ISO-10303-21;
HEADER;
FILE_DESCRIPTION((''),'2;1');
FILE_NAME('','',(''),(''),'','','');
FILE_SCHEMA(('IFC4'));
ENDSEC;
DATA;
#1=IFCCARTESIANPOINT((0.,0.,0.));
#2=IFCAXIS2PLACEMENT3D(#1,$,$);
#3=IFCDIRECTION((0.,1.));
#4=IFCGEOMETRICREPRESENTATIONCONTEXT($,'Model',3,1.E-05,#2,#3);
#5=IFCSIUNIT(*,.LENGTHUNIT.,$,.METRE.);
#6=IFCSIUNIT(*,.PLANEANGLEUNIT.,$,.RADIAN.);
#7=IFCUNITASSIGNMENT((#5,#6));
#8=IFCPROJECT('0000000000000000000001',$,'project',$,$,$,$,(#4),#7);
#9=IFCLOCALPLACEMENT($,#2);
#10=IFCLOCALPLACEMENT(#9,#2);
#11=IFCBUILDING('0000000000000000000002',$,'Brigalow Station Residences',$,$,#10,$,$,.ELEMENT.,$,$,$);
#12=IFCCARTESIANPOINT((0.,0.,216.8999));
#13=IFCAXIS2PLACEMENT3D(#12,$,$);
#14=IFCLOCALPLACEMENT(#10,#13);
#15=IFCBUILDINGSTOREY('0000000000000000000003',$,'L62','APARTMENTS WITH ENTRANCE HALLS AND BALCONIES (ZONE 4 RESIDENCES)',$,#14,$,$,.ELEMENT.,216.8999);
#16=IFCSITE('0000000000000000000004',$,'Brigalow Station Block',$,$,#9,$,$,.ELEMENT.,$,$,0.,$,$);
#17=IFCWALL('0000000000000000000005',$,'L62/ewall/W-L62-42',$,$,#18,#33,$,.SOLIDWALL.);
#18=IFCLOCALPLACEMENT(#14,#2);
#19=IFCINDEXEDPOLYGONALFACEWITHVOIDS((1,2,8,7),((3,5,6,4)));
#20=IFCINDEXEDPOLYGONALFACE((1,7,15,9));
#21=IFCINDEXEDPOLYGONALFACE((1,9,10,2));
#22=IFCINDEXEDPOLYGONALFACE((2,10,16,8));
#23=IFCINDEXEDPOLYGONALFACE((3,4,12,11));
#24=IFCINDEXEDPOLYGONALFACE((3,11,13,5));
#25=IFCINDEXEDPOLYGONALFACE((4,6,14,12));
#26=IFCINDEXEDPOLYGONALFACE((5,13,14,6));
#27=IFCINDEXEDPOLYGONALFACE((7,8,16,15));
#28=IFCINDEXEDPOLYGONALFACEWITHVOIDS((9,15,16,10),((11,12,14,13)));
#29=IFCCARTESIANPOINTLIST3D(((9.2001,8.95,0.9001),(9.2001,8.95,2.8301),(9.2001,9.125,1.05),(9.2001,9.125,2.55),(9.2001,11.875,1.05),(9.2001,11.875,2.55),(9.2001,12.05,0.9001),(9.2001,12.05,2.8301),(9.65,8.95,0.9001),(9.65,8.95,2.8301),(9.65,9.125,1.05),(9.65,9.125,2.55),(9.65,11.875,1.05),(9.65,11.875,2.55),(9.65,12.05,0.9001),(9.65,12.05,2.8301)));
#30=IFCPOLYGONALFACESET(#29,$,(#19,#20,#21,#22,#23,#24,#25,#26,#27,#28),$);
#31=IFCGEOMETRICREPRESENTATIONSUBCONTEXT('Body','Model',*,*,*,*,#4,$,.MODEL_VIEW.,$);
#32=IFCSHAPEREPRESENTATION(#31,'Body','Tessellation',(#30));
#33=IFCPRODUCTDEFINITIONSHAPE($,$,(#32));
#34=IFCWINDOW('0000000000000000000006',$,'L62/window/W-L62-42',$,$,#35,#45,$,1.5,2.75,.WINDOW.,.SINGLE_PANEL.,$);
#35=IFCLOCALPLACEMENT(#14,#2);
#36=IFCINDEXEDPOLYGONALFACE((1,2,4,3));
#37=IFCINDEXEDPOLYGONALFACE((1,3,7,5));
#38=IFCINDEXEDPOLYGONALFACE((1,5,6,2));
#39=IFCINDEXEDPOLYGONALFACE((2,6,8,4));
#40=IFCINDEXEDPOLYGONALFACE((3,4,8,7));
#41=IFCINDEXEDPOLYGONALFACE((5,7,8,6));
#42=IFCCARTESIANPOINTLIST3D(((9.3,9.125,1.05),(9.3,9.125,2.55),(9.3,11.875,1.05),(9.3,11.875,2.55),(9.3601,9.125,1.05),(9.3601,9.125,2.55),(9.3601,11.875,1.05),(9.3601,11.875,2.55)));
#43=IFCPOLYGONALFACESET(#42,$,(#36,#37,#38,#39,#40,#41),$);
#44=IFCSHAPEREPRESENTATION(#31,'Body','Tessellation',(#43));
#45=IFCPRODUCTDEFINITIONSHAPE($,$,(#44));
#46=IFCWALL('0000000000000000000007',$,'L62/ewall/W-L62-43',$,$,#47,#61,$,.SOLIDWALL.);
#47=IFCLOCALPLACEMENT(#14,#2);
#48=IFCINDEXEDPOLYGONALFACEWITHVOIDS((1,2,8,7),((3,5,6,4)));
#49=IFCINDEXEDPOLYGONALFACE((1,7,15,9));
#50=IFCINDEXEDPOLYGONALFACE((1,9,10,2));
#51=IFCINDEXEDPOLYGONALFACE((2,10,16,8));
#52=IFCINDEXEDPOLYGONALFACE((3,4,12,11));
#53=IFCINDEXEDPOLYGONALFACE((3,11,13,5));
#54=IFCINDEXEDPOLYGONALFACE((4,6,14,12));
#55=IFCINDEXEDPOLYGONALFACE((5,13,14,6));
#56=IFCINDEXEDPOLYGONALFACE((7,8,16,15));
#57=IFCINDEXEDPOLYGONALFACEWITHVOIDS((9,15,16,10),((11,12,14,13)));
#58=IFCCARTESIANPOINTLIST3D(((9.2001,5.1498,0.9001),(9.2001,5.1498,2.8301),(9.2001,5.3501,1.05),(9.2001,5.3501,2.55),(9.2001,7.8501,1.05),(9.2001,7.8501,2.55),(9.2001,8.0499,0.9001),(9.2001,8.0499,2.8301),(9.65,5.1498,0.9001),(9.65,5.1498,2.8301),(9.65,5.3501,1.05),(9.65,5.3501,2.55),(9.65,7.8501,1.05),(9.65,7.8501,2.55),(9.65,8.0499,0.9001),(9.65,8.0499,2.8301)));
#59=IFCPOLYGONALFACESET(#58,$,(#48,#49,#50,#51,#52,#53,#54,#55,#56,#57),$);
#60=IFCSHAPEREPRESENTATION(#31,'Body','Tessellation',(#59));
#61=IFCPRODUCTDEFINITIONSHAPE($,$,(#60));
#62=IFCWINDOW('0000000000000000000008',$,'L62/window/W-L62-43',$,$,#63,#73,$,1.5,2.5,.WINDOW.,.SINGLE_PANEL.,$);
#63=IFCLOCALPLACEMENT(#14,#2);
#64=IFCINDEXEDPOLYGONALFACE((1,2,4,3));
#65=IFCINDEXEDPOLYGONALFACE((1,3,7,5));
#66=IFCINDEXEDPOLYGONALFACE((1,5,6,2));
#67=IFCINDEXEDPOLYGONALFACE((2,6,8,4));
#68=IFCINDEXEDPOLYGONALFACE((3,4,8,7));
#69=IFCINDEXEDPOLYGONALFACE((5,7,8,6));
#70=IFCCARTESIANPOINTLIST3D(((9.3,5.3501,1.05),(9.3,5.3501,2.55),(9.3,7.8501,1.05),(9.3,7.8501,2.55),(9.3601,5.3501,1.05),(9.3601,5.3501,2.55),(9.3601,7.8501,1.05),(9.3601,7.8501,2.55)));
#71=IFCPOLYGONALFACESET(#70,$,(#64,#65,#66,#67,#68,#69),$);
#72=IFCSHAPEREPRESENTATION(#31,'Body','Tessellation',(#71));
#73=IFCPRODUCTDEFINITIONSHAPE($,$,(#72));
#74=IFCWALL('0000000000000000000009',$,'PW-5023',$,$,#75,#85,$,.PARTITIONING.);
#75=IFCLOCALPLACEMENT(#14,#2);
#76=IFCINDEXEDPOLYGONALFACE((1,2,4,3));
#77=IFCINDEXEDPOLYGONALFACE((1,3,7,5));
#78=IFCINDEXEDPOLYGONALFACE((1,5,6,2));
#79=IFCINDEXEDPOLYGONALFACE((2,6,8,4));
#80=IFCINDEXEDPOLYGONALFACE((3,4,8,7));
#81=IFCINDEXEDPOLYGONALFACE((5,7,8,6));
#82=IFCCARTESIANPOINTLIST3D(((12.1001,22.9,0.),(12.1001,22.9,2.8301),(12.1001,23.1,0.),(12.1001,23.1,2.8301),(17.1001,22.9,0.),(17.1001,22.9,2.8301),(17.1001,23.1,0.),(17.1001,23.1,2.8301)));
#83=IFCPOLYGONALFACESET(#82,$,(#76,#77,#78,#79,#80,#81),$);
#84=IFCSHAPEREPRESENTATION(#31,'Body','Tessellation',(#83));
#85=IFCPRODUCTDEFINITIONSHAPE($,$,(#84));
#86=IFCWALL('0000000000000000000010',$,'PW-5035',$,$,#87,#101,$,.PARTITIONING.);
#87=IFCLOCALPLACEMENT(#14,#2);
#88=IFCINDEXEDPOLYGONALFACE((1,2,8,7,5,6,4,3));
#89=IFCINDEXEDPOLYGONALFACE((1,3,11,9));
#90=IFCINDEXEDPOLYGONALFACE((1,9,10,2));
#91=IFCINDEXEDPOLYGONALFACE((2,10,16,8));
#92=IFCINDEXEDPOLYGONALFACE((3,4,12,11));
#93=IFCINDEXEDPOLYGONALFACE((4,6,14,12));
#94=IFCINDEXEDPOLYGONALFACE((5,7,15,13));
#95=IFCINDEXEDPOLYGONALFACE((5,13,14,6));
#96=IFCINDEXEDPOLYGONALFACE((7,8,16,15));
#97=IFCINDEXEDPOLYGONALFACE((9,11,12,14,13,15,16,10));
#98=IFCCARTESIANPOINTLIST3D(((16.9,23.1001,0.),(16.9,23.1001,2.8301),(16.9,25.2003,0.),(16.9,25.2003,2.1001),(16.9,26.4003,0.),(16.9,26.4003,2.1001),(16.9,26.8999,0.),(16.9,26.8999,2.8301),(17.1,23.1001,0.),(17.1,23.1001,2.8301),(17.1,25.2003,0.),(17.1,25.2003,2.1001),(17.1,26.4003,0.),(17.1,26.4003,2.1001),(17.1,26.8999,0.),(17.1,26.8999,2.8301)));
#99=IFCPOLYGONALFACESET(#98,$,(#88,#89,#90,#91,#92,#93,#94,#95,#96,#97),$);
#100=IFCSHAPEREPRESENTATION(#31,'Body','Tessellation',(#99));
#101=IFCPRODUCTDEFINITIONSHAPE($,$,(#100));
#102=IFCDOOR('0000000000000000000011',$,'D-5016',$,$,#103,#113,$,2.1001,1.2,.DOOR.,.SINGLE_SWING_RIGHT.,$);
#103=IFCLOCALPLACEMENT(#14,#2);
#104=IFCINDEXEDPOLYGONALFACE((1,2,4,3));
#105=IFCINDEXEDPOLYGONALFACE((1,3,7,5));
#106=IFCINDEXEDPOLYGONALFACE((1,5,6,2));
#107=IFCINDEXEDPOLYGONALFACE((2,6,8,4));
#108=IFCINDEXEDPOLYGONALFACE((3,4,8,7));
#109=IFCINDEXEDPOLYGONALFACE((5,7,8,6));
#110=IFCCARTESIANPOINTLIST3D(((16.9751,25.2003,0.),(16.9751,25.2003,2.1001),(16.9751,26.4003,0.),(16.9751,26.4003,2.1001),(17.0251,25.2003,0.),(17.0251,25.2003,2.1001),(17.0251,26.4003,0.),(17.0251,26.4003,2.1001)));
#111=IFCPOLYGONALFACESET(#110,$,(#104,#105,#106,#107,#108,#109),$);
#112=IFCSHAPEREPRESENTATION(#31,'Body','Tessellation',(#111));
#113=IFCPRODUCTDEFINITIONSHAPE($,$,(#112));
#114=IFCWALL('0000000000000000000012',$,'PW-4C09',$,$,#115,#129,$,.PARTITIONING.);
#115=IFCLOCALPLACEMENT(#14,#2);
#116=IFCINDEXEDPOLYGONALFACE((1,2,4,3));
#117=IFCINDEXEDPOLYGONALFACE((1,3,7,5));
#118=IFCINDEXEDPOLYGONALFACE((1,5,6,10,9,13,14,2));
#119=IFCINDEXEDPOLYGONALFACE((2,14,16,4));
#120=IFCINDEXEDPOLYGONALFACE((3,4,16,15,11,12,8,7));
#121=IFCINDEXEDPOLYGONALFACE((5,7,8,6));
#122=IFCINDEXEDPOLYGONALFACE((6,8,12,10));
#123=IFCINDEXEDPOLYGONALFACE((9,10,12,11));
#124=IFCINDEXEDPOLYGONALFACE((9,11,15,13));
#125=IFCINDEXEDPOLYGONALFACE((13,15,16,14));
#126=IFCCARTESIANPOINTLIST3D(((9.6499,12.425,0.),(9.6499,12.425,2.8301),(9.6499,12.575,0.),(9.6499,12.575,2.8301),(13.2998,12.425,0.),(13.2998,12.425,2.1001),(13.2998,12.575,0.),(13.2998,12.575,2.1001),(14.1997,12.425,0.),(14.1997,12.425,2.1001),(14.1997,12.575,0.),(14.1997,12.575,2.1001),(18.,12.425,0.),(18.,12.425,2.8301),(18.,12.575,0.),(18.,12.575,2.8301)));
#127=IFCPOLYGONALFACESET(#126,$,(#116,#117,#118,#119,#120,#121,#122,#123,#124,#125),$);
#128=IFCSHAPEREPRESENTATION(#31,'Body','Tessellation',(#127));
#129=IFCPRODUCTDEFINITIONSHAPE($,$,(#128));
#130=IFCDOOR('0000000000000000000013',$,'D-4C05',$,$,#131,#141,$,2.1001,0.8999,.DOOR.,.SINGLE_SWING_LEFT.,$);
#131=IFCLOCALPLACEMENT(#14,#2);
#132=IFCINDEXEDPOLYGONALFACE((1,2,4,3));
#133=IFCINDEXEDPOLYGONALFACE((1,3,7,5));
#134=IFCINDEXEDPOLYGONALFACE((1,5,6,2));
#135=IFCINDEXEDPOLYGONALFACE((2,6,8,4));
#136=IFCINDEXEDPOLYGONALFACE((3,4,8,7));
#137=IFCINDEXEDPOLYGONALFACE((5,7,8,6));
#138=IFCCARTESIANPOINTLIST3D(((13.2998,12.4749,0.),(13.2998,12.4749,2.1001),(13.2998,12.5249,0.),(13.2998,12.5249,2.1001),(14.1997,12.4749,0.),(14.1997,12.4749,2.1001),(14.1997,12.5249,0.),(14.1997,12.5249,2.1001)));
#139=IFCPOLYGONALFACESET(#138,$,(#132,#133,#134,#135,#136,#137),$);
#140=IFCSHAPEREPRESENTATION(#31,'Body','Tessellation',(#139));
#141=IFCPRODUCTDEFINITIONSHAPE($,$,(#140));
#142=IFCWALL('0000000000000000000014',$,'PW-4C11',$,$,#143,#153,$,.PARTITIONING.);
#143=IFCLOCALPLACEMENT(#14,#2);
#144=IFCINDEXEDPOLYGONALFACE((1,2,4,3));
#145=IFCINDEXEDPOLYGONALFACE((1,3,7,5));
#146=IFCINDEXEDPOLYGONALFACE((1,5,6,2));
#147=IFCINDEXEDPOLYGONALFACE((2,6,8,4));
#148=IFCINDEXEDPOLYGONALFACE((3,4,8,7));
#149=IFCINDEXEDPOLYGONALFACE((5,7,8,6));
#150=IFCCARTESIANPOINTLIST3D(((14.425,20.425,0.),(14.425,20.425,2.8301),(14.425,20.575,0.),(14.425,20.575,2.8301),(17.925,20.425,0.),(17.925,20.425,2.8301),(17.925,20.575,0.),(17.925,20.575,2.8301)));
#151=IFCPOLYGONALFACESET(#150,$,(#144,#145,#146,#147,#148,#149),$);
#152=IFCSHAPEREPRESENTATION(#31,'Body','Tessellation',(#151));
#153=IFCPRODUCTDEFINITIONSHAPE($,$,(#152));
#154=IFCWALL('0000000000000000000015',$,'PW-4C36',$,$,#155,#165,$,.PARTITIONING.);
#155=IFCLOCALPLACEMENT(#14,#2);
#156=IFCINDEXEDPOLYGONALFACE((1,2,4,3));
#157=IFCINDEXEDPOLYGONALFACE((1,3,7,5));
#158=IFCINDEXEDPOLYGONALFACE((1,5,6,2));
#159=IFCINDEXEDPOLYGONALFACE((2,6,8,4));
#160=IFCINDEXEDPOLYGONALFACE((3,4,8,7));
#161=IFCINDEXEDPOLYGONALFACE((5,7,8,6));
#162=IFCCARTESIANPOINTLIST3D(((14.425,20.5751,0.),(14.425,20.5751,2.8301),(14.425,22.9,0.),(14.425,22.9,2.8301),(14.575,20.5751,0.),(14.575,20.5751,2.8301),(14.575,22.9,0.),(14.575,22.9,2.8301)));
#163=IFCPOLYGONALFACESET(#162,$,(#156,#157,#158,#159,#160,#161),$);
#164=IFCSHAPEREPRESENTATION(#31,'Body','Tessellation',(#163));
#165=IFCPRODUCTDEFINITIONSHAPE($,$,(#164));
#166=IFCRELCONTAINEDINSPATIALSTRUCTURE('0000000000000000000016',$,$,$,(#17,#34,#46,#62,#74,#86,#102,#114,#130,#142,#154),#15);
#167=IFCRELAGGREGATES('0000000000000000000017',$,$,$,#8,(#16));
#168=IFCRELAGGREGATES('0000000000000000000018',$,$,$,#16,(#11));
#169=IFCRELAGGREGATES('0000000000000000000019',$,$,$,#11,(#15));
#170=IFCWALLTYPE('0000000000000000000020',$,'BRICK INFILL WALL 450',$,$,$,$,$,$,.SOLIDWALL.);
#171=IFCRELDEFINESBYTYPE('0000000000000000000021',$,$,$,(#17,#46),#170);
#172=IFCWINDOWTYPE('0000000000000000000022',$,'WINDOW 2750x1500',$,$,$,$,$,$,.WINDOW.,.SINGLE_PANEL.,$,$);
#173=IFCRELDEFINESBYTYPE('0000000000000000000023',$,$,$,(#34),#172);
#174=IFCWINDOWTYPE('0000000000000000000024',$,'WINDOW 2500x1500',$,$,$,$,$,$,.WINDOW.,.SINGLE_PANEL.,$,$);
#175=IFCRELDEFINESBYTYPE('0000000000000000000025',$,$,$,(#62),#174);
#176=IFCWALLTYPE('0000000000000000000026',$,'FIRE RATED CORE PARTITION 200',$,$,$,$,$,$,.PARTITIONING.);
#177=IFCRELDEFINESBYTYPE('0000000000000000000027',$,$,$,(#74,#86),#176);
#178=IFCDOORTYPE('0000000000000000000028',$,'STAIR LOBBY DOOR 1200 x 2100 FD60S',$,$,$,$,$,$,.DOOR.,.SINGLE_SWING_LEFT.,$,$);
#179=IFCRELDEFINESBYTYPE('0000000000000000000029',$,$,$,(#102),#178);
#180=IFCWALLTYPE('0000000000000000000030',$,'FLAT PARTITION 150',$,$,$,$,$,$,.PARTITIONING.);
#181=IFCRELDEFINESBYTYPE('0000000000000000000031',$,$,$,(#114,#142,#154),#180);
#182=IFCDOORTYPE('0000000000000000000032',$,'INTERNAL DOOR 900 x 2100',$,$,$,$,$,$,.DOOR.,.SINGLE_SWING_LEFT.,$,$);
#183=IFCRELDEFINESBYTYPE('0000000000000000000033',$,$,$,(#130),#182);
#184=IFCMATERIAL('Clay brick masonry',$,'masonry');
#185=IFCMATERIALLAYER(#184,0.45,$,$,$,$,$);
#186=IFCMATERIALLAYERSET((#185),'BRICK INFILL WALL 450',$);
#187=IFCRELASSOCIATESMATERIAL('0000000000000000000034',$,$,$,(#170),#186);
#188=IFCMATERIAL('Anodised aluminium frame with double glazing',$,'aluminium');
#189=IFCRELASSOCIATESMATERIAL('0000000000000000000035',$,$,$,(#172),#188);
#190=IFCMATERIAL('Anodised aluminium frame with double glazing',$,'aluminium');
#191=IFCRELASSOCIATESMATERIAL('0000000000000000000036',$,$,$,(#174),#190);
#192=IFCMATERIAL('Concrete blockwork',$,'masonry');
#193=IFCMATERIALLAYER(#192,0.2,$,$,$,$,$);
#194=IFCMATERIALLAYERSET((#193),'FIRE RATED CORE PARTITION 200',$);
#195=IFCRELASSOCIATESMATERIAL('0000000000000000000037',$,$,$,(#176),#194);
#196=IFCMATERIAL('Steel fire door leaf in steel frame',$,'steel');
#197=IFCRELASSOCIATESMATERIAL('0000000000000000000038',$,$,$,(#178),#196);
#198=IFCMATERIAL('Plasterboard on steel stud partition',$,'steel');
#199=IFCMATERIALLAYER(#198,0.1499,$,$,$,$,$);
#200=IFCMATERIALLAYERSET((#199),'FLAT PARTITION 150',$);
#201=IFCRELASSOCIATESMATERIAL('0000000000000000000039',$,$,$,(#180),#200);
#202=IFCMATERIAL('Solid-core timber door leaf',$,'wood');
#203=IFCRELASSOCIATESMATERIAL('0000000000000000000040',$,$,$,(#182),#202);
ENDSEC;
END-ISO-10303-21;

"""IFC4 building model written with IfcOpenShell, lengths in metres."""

from ifc_helpers import new_model, si_unit, direction, frame, frame_2d, origin, place, context, subcontext, project, spatial, rectangle, extrude, material, layer, layer_set, type_object, element, fill, save


model = new_model("IFC4")

# Units and contexts
model_context = context("Model", 3, precision=1e-05, world=origin(), true_north=direction((0.0, 1.0)))
body_context = subcontext(model_context, "Body", "Model", "MODEL_VIEW")
ifc_project = project(units=[si_unit("LENGTHUNIT", "METRE"), si_unit("PLANEANGLEUNIT", "RADIAN")], contexts=[model_context])

# Site, building, storey
site_placement = place(None, origin())
site = spatial("IfcSite", under=ifc_project, at=site_placement, Name="Brigalow Station Block", CompositionType="ELEMENT", RefElevation=0.0)
building_placement = place(site_placement, origin())
building = spatial("IfcBuilding", under=site, at=building_placement, Name="Brigalow Station Residences", CompositionType="ELEMENT")
storey_placement = place(building_placement, frame((0.0, 0.0, 216.8999)))
storey = spatial("IfcBuildingStorey", under=building, at=storey_placement, Name="L62", Description="APARTMENTS WITH ENTRANCE HALLS AND BALCONIES (ZONE 4 RESIDENCES)", CompositionType="ELEMENT", Elevation=216.8999)

# Shared definitions
ifc_material_1 = material(Name="Clay brick masonry", Category="masonry")
ifc_layer_1 = layer(ifc_material_1, 0.45)
ifc_layer_set_1 = layer_set([ifc_layer_1], Name="BRICK INFILL WALL 450")
wall_type_1 = type_object("IfcWallType", Name="BRICK INFILL WALL 450", PredefinedType="SOLIDWALL", material=ifc_layer_set_1)

# Walls, openings, windows
wall_1_placement = place(storey_placement, frame((9.425, 12.05, 0.9001), z_axis=(0.0, 0.0, 1.0), x_axis=(0.0, -1.0, 0.0)))
wall_1 = element("IfcWall", 1, at=wall_1_placement, inside=storey, type_object=wall_type_1, Name="L62/ewall/W-L62-42", PredefinedType="SOLIDWALL", context=body_context, shape_type="SweptSolid", body=[
    extrude(rectangle(XDim=3.1001, YDim=0.45, at=frame_2d((1.55, 0.0))), origin(), (0.0, 0.0, 1.0), 1.9299),
])
opening_1_placement = place(wall_1_placement, frame((0.175, 0.0, 0.1499)))
opening_1 = element("IfcOpeningElement", 2, at=opening_1_placement, cuts=wall_1, PredefinedType="OPENING", context=body_context, shape_type="SweptSolid", body=[
    extrude(rectangle(XDim=2.75, YDim=1.5, at=frame_2d((1.375, 0.75))), frame((0.0, 0.2349, 0.0), z_axis=(0.0, -1.0, 0.0), x_axis=(1.0, 0.0, 0.0)), (0.0, 0.0, 1.0), 0.47),
])
ifc_material_2 = material(Name="Anodised aluminium frame with double glazing", Category="aluminium")
window_type_1 = type_object("IfcWindowType", Name="WINDOW 2750x1500", PartitioningType="SINGLE_PANEL", PredefinedType="WINDOW", material=ifc_material_2)
window_1_placement = place(opening_1_placement, origin())
window_1 = element("IfcWindow", 3, at=window_1_placement, inside=storey, type_object=window_type_1, Name="L62/window/W-L62-42", OverallHeight=1.5, OverallWidth=2.75, PartitioningType="SINGLE_PANEL", PredefinedType="WINDOW", context=body_context, shape_type="SweptSolid", body=[
    extrude(rectangle(XDim=2.75, YDim=1.5, at=frame_2d((1.375, 0.75))), frame((0.0, -0.0649, 0.0), z_axis=(0.0, -1.0, 0.0), x_axis=(1.0, 0.0, 0.0)), (0.0, 0.0, 1.0), 0.0601),
])
fill(opening_1, window_1)
wall_2_placement = place(storey_placement, frame((9.425, 8.05, 0.9001), z_axis=(0.0, 0.0, 1.0), x_axis=(0.0, -1.0, 0.0)))
wall_2 = element("IfcWall", 4, at=wall_2_placement, inside=storey, type_object=wall_type_1, Name="L62/ewall/W-L62-43", PredefinedType="SOLIDWALL", context=body_context, shape_type="SweptSolid", body=[
    extrude(rectangle(XDim=2.9001, YDim=0.45, at=frame_2d((1.4502, 0.0))), origin(), (0.0, 0.0, 1.0), 1.9299),
])
opening_2_placement = place(wall_2_placement, frame((0.2, 0.0, 0.1499)))
opening_2 = element("IfcOpeningElement", 5, at=opening_2_placement, cuts=wall_2, PredefinedType="OPENING", context=body_context, shape_type="SweptSolid", body=[
    extrude(rectangle(XDim=2.5, YDim=1.5, at=frame_2d((1.25, 0.75))), frame((0.0, 0.2349, 0.0), z_axis=(0.0, -1.0, 0.0), x_axis=(1.0, 0.0, 0.0)), (0.0, 0.0, 1.0), 0.47),
])
ifc_material_3 = material(Name="Anodised aluminium frame with double glazing", Category="aluminium")
window_type_2 = type_object("IfcWindowType", Name="WINDOW 2500x1500", PartitioningType="SINGLE_PANEL", PredefinedType="WINDOW", material=ifc_material_3)
window_2_placement = place(opening_2_placement, origin())
window_2 = element("IfcWindow", 6, at=window_2_placement, inside=storey, type_object=window_type_2, Name="L62/window/W-L62-43", OverallHeight=1.5, OverallWidth=2.5, PartitioningType="SINGLE_PANEL", PredefinedType="WINDOW", context=body_context, shape_type="SweptSolid", body=[
    extrude(rectangle(XDim=2.5, YDim=1.5, at=frame_2d((1.25, 0.75))), frame((0.0, -0.0649, 0.0), z_axis=(0.0, -1.0, 0.0), x_axis=(1.0, 0.0, 0.0)), (0.0, 0.0, 1.0), 0.0601),
])
fill(opening_2, window_2)

# Wall
ifc_material_4 = material(Name="Concrete blockwork", Category="masonry")
ifc_layer_2 = layer(ifc_material_4, 0.2)
ifc_layer_set_2 = layer_set([ifc_layer_2], Name="FIRE RATED CORE PARTITION 200")
wall_type_2 = type_object("IfcWallType", Name="FIRE RATED CORE PARTITION 200", PredefinedType="PARTITIONING", material=ifc_layer_set_2)
wall_3_placement = place(storey_placement, frame((12.1001, 23.0, 0.0), z_axis=(0.0, 0.0, 1.0), x_axis=(1.0, 0.0, 0.0)))
element("IfcWall", 7, at=wall_3_placement, inside=storey, type_object=wall_type_2, Name="PW-5023", PredefinedType="PARTITIONING", context=body_context, shape_type="SweptSolid", body=[
    extrude(rectangle(XDim=5.0, YDim=0.2, at=frame_2d((2.5, 0.0))), origin(), (0.0, 0.0, 1.0), 2.8301),
])

# Walls, openings, doors
wall_4_placement = place(storey_placement, frame((17.0, 23.1001, 0.0), z_axis=(0.0, 0.0, 1.0), x_axis=(0.0, 1.0, 0.0)))
wall_4 = element("IfcWall", 8, at=wall_4_placement, inside=storey, type_object=wall_type_2, Name="PW-5035", PredefinedType="PARTITIONING", context=body_context, shape_type="SweptSolid", body=[
    extrude(rectangle(XDim=3.7998, YDim=0.2, at=frame_2d((1.8999, 0.0))), origin(), (0.0, 0.0, 1.0), 2.8301),
])
opening_3_placement = place(wall_4_placement, frame((2.1001, 0.0, 0.0)))
opening_3 = element("IfcOpeningElement", 9, at=opening_3_placement, cuts=wall_4, PredefinedType="OPENING", context=body_context, shape_type="SweptSolid", body=[
    extrude(rectangle(XDim=1.2, YDim=2.1001, at=frame_2d((0.6001, 1.05))), frame((0.0, 0.1099, 0.0), z_axis=(0.0, -1.0, 0.0), x_axis=(1.0, 0.0, 0.0)), (0.0, 0.0, 1.0), 0.22),
])
ifc_material_5 = material(Name="Steel fire door leaf in steel frame", Category="steel")
door_type_1 = type_object("IfcDoorType", Name="STAIR LOBBY DOOR 1200 x 2100 FD60S", OperationType="SINGLE_SWING_LEFT", PredefinedType="DOOR", material=ifc_material_5)
door_1_placement = place(opening_3_placement, origin())
door_1 = element("IfcDoor", 10, at=door_1_placement, inside=storey, type_object=door_type_1, Name="D-5016", OperationType="SINGLE_SWING_RIGHT", OverallHeight=2.1001, OverallWidth=1.2, PredefinedType="DOOR", context=body_context, shape_type="SweptSolid", body=[
    extrude(rectangle(XDim=1.2, YDim=2.1001, at=frame_2d((0.6001, 1.05))), frame((0.0, 0.0249, 0.0), z_axis=(0.0, -1.0, 0.0), x_axis=(1.0, 0.0, 0.0)), (0.0, 0.0, 1.0), 0.05),
])
fill(opening_3, door_1)
ifc_material_6 = material(Name="Plasterboard on steel stud partition", Category="steel")
ifc_layer_3 = layer(ifc_material_6, 0.1499)
ifc_layer_set_3 = layer_set([ifc_layer_3], Name="FLAT PARTITION 150")
wall_type_3 = type_object("IfcWallType", Name="FLAT PARTITION 150", PredefinedType="PARTITIONING", material=ifc_layer_set_3)
wall_5_placement = place(storey_placement, frame((9.6499, 12.5, 0.0), z_axis=(0.0, 0.0, 1.0), x_axis=(1.0, 0.0, 0.0)))
wall_5 = element("IfcWall", 11, at=wall_5_placement, inside=storey, type_object=wall_type_3, Name="PW-4C09", PredefinedType="PARTITIONING", context=body_context, shape_type="SweptSolid", body=[
    extrude(rectangle(XDim=8.3501, YDim=0.1499, at=frame_2d((4.175, 0.0))), origin(), (0.0, 0.0, 1.0), 2.8301),
])
opening_4_placement = place(wall_5_placement, frame((3.6499, 0.0, 0.0)))
opening_4 = element("IfcOpeningElement", 12, at=opening_4_placement, cuts=wall_5, PredefinedType="OPENING", context=body_context, shape_type="SweptSolid", body=[
    extrude(rectangle(XDim=0.8999, YDim=2.1001, at=frame_2d((0.45, 1.05))), frame((0.0, 0.085, 0.0), z_axis=(0.0, -1.0, 0.0), x_axis=(1.0, 0.0, 0.0)), (0.0, 0.0, 1.0), 0.1699),
])
ifc_material_7 = material(Name="Solid-core timber door leaf", Category="wood")
door_type_2 = type_object("IfcDoorType", Name="INTERNAL DOOR 900 x 2100", OperationType="SINGLE_SWING_LEFT", PredefinedType="DOOR", material=ifc_material_7)
door_2_placement = place(opening_4_placement, origin())
door_2 = element("IfcDoor", 13, at=door_2_placement, inside=storey, type_object=door_type_2, Name="D-4C05", OperationType="SINGLE_SWING_LEFT", OverallHeight=2.1001, OverallWidth=0.8999, PredefinedType="DOOR", context=body_context, shape_type="SweptSolid", body=[
    extrude(rectangle(XDim=0.8999, YDim=2.1001, at=frame_2d((0.45, 1.05))), frame((0.0, 0.0249, 0.0), z_axis=(0.0, -1.0, 0.0), x_axis=(1.0, 0.0, 0.0)), (0.0, 0.0, 1.0), 0.05),
])
fill(opening_4, door_2)

# Walls
wall_6_placement = place(storey_placement, frame((14.425, 20.5, 0.0), z_axis=(0.0, 0.0, 1.0), x_axis=(1.0, 0.0, 0.0)))
element("IfcWall", 14, at=wall_6_placement, inside=storey, type_object=wall_type_3, Name="PW-4C11", PredefinedType="PARTITIONING", context=body_context, shape_type="SweptSolid", body=[
    extrude(rectangle(XDim=3.5, YDim=0.1499, at=frame_2d((1.75, 0.0))), origin(), (0.0, 0.0, 1.0), 2.8301),
])
wall_7_placement = place(storey_placement, frame((14.5, 20.575, 0.0), z_axis=(0.0, 0.0, 1.0), x_axis=(0.0, 1.0, 0.0)))
element("IfcWall", 15, at=wall_7_placement, inside=storey, type_object=wall_type_3, Name="PW-4C36", PredefinedType="PARTITIONING", context=body_context, shape_type="SweptSolid", body=[
    extrude(rectangle(XDim=2.325, YDim=0.1499, at=frame_2d((1.1626, 0.0))), origin(), (0.0, 0.0, 1.0), 2.8301),
])

save(model, "model.ifc")
